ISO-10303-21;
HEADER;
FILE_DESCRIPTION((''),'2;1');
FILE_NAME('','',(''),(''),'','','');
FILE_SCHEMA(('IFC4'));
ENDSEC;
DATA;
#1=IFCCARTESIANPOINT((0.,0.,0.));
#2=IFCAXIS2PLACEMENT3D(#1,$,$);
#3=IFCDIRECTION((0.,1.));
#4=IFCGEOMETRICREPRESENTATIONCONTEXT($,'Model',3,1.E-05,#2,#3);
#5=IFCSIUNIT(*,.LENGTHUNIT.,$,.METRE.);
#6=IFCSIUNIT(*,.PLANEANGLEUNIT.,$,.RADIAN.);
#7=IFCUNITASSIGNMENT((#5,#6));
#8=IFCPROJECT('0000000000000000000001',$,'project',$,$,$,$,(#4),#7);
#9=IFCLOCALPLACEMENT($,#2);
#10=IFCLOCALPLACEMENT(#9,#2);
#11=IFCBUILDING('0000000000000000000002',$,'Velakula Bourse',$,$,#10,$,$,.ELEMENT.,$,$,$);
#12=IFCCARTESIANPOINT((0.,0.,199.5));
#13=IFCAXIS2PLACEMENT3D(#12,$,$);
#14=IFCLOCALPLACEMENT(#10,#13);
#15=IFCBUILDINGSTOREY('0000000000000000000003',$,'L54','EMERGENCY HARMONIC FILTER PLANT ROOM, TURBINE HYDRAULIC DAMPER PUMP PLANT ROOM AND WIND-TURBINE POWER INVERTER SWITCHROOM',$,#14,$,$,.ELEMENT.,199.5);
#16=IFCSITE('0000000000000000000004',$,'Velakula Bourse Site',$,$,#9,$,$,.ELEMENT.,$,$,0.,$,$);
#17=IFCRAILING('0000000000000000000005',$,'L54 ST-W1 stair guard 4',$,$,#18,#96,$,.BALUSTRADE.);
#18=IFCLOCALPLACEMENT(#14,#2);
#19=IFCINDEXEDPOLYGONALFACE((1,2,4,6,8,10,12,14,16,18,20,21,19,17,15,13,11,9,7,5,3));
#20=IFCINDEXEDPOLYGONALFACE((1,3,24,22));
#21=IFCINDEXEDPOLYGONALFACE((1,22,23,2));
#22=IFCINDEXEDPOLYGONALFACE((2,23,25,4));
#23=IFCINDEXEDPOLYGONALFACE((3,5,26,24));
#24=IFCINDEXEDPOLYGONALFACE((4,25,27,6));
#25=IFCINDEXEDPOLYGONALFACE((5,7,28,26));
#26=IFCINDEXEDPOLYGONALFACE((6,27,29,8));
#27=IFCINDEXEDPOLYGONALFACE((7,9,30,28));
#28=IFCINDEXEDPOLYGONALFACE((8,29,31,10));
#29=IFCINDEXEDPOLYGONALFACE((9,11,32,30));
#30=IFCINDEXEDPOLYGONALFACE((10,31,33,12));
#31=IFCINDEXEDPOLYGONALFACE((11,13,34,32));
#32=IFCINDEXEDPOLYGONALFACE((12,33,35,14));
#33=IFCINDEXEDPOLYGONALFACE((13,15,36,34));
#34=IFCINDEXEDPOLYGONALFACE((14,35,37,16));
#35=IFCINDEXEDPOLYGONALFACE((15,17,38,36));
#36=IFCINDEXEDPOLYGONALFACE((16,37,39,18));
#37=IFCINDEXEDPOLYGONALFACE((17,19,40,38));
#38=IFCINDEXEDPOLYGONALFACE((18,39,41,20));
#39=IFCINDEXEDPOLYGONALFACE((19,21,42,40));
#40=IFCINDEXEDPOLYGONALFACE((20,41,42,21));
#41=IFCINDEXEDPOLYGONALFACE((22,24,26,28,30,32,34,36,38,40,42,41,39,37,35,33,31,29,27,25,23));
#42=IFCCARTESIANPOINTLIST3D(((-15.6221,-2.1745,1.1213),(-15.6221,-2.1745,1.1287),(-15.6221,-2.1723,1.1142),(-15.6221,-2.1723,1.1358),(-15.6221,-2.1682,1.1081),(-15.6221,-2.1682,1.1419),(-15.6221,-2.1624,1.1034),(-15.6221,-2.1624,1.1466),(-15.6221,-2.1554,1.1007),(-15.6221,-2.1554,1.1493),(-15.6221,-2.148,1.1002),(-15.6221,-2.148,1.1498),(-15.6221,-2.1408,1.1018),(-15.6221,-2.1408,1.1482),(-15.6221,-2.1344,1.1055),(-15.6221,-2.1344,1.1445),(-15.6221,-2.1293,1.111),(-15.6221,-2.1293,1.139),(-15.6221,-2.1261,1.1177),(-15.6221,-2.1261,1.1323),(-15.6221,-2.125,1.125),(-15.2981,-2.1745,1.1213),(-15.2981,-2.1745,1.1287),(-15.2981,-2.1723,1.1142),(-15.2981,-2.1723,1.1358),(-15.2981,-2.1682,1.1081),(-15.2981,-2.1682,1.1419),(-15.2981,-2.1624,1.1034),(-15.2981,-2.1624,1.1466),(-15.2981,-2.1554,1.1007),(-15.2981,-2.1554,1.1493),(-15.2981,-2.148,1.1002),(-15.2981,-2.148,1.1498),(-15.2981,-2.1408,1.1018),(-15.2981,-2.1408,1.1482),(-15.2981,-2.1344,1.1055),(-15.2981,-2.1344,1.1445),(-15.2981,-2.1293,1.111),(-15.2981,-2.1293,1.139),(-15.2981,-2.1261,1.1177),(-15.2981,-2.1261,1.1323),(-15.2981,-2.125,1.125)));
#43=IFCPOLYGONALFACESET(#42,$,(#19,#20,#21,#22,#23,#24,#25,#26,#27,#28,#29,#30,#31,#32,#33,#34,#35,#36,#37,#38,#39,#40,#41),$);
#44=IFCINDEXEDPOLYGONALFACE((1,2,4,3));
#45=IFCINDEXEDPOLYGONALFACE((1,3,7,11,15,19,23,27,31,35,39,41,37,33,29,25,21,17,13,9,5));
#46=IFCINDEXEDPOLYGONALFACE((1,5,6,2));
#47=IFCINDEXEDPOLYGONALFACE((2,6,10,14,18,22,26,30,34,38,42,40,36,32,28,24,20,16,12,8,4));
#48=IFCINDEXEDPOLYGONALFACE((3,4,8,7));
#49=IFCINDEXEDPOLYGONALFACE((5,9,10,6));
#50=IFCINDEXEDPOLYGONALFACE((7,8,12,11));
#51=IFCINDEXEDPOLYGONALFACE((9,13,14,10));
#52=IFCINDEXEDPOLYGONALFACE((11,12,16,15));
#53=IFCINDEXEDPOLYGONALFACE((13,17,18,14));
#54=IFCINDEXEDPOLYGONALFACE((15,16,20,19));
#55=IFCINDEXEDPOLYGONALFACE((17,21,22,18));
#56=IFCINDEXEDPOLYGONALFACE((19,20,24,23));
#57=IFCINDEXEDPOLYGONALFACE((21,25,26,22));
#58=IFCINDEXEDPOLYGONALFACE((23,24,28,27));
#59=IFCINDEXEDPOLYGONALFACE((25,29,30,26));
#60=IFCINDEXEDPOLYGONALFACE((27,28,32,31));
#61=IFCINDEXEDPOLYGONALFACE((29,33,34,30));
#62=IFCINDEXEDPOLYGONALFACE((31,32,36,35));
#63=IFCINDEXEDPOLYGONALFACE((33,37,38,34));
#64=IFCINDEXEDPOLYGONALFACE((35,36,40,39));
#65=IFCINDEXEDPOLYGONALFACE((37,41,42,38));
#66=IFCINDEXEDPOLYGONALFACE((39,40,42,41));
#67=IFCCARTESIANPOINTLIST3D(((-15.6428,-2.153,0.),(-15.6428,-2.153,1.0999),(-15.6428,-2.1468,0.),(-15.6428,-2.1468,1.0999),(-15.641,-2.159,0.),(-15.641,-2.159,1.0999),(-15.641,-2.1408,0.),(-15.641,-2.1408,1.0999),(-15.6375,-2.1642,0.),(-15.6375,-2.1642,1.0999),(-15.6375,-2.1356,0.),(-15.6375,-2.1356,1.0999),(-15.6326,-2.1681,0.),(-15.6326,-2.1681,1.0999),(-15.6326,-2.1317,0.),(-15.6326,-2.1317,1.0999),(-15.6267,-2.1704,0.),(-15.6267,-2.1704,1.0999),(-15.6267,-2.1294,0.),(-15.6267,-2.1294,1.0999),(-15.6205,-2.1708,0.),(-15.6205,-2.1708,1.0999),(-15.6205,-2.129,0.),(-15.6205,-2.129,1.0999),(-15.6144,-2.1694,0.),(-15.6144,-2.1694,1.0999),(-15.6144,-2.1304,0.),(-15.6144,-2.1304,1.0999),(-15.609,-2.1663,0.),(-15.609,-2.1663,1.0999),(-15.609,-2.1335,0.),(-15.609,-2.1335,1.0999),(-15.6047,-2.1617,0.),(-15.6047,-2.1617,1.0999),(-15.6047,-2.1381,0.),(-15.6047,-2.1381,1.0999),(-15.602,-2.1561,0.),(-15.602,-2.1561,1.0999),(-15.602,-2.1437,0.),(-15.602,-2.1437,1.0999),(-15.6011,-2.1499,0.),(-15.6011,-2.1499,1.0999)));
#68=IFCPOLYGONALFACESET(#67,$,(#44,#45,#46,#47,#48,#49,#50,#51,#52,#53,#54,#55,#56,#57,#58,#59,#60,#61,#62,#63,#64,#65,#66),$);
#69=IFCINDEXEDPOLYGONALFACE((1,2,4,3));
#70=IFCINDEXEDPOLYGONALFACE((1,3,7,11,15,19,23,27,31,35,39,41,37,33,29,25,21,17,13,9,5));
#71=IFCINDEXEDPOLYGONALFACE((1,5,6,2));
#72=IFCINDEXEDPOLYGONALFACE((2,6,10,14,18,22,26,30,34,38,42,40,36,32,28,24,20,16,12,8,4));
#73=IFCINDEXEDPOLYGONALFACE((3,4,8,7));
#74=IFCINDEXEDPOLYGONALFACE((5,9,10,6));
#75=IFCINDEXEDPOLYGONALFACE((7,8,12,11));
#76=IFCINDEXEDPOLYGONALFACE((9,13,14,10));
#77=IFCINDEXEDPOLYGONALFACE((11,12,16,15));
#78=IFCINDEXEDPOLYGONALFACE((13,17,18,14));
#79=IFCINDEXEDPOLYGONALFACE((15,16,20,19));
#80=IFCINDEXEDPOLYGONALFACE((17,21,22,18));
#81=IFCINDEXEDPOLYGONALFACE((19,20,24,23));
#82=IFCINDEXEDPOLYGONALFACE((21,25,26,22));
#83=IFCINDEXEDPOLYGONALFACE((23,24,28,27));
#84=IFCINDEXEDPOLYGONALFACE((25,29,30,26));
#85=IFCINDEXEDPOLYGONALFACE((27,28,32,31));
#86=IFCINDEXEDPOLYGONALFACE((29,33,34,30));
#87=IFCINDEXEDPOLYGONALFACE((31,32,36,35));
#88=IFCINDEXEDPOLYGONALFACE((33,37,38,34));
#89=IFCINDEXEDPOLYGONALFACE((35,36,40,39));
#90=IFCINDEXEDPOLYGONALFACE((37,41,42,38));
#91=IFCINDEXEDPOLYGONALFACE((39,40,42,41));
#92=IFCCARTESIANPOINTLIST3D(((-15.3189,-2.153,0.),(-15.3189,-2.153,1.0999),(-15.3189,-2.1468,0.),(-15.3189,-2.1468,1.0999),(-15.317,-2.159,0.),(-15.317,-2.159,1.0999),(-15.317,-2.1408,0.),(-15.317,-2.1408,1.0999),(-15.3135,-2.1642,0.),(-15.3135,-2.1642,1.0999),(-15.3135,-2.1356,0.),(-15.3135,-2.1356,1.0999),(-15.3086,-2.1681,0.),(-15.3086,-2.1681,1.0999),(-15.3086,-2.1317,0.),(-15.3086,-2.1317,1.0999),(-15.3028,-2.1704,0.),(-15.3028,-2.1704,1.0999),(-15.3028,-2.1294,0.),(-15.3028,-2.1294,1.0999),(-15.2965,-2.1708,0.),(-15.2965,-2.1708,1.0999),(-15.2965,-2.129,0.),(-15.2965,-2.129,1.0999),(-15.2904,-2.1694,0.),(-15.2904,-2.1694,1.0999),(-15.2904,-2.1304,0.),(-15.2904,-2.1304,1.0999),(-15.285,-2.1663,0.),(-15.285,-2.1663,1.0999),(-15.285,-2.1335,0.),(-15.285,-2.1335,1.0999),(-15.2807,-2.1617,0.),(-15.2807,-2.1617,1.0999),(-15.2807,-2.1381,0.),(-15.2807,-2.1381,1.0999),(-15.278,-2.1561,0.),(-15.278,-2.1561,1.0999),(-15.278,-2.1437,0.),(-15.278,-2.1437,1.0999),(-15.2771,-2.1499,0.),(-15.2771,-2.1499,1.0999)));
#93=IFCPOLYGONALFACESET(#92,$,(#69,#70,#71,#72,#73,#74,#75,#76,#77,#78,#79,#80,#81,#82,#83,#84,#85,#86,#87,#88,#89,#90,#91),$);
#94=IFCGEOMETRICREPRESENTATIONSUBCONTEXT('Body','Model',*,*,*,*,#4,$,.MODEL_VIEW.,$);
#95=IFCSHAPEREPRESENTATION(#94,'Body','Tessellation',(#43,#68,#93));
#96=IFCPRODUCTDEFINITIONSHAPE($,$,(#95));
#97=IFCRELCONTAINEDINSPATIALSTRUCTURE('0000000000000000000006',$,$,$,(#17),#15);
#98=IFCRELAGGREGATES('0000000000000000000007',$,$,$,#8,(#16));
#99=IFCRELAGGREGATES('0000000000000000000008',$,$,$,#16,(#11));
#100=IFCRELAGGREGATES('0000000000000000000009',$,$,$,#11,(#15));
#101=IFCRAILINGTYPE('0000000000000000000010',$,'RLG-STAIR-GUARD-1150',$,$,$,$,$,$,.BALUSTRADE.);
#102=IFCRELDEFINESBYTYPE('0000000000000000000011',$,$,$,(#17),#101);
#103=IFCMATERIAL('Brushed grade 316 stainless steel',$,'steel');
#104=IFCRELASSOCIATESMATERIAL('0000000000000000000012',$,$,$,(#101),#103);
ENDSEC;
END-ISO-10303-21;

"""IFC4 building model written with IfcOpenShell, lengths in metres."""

from ifc_helpers import new_model, si_unit, direction, frame, origin, origin_2d, place, context, subcontext, project, spatial, circle, extrude, material, type_object, element, save


model = new_model("IFC4")

# Units and contexts
model_context = context("Model", 3, precision=1e-05, world=origin(), true_north=direction((0.0, 1.0)))
body_context = subcontext(model_context, "Body", "Model", "MODEL_VIEW")
ifc_project = project(units=[si_unit("LENGTHUNIT", "METRE"), si_unit("PLANEANGLEUNIT", "RADIAN")], contexts=[model_context])

# Site, building, storey
site_placement = place(None, origin())
site = spatial("IfcSite", under=ifc_project, at=site_placement, Name="Velakula Bourse Site", CompositionType="ELEMENT", RefElevation=0.0)
building_placement = place(site_placement, origin())
building = spatial("IfcBuilding", under=site, at=building_placement, Name="Velakula Bourse", CompositionType="ELEMENT")
storey_placement = place(building_placement, frame((0.0, 0.0, 199.5)))
storey = spatial("IfcBuildingStorey", under=building, at=storey_placement, Name="L54", Description="EMERGENCY HARMONIC FILTER PLANT ROOM, TURBINE HYDRAULIC DAMPER PUMP PLANT ROOM AND WIND-TURBINE POWER INVERTER SWITCHROOM", CompositionType="ELEMENT", Elevation=199.5)

# Shared definitions
ifc_material_1 = material(Name="Brushed grade 316 stainless steel", Category="steel")

# Railing
railing_type_1 = type_object("IfcRailingType", Name="RLG-STAIR-GUARD-1150", PredefinedType="BALUSTRADE", material=ifc_material_1)
railing_1_placement = place(storey_placement, frame((-15.6221, -2.1499, 0.0)))
element("IfcRailing", 1, at=railing_1_placement, inside=storey, type_object=railing_type_1, Name="L54 ST-W1 stair guard 4", PredefinedType="BALUSTRADE", context=body_context, shape_type="SweptSolid", body=[
    extrude(circle(Radius=0.0249, at=origin_2d()), frame((0.0, 0.0, 1.125), z_axis=(1.0, 0.0, 0.0), x_axis=(0.0, 1.0, 0.0)), (0.0, 0.0, 1.0), 0.324),
    extrude(circle(Radius=0.021, at=origin_2d()), origin(), (0.0, 0.0, 1.0), 1.0999),
    extrude(circle(Radius=0.021, at=origin_2d()), frame((0.324, 0.0, 0.0)), (0.0, 0.0, 1.0), 1.0999),
])

save(model, "model.ifc")
